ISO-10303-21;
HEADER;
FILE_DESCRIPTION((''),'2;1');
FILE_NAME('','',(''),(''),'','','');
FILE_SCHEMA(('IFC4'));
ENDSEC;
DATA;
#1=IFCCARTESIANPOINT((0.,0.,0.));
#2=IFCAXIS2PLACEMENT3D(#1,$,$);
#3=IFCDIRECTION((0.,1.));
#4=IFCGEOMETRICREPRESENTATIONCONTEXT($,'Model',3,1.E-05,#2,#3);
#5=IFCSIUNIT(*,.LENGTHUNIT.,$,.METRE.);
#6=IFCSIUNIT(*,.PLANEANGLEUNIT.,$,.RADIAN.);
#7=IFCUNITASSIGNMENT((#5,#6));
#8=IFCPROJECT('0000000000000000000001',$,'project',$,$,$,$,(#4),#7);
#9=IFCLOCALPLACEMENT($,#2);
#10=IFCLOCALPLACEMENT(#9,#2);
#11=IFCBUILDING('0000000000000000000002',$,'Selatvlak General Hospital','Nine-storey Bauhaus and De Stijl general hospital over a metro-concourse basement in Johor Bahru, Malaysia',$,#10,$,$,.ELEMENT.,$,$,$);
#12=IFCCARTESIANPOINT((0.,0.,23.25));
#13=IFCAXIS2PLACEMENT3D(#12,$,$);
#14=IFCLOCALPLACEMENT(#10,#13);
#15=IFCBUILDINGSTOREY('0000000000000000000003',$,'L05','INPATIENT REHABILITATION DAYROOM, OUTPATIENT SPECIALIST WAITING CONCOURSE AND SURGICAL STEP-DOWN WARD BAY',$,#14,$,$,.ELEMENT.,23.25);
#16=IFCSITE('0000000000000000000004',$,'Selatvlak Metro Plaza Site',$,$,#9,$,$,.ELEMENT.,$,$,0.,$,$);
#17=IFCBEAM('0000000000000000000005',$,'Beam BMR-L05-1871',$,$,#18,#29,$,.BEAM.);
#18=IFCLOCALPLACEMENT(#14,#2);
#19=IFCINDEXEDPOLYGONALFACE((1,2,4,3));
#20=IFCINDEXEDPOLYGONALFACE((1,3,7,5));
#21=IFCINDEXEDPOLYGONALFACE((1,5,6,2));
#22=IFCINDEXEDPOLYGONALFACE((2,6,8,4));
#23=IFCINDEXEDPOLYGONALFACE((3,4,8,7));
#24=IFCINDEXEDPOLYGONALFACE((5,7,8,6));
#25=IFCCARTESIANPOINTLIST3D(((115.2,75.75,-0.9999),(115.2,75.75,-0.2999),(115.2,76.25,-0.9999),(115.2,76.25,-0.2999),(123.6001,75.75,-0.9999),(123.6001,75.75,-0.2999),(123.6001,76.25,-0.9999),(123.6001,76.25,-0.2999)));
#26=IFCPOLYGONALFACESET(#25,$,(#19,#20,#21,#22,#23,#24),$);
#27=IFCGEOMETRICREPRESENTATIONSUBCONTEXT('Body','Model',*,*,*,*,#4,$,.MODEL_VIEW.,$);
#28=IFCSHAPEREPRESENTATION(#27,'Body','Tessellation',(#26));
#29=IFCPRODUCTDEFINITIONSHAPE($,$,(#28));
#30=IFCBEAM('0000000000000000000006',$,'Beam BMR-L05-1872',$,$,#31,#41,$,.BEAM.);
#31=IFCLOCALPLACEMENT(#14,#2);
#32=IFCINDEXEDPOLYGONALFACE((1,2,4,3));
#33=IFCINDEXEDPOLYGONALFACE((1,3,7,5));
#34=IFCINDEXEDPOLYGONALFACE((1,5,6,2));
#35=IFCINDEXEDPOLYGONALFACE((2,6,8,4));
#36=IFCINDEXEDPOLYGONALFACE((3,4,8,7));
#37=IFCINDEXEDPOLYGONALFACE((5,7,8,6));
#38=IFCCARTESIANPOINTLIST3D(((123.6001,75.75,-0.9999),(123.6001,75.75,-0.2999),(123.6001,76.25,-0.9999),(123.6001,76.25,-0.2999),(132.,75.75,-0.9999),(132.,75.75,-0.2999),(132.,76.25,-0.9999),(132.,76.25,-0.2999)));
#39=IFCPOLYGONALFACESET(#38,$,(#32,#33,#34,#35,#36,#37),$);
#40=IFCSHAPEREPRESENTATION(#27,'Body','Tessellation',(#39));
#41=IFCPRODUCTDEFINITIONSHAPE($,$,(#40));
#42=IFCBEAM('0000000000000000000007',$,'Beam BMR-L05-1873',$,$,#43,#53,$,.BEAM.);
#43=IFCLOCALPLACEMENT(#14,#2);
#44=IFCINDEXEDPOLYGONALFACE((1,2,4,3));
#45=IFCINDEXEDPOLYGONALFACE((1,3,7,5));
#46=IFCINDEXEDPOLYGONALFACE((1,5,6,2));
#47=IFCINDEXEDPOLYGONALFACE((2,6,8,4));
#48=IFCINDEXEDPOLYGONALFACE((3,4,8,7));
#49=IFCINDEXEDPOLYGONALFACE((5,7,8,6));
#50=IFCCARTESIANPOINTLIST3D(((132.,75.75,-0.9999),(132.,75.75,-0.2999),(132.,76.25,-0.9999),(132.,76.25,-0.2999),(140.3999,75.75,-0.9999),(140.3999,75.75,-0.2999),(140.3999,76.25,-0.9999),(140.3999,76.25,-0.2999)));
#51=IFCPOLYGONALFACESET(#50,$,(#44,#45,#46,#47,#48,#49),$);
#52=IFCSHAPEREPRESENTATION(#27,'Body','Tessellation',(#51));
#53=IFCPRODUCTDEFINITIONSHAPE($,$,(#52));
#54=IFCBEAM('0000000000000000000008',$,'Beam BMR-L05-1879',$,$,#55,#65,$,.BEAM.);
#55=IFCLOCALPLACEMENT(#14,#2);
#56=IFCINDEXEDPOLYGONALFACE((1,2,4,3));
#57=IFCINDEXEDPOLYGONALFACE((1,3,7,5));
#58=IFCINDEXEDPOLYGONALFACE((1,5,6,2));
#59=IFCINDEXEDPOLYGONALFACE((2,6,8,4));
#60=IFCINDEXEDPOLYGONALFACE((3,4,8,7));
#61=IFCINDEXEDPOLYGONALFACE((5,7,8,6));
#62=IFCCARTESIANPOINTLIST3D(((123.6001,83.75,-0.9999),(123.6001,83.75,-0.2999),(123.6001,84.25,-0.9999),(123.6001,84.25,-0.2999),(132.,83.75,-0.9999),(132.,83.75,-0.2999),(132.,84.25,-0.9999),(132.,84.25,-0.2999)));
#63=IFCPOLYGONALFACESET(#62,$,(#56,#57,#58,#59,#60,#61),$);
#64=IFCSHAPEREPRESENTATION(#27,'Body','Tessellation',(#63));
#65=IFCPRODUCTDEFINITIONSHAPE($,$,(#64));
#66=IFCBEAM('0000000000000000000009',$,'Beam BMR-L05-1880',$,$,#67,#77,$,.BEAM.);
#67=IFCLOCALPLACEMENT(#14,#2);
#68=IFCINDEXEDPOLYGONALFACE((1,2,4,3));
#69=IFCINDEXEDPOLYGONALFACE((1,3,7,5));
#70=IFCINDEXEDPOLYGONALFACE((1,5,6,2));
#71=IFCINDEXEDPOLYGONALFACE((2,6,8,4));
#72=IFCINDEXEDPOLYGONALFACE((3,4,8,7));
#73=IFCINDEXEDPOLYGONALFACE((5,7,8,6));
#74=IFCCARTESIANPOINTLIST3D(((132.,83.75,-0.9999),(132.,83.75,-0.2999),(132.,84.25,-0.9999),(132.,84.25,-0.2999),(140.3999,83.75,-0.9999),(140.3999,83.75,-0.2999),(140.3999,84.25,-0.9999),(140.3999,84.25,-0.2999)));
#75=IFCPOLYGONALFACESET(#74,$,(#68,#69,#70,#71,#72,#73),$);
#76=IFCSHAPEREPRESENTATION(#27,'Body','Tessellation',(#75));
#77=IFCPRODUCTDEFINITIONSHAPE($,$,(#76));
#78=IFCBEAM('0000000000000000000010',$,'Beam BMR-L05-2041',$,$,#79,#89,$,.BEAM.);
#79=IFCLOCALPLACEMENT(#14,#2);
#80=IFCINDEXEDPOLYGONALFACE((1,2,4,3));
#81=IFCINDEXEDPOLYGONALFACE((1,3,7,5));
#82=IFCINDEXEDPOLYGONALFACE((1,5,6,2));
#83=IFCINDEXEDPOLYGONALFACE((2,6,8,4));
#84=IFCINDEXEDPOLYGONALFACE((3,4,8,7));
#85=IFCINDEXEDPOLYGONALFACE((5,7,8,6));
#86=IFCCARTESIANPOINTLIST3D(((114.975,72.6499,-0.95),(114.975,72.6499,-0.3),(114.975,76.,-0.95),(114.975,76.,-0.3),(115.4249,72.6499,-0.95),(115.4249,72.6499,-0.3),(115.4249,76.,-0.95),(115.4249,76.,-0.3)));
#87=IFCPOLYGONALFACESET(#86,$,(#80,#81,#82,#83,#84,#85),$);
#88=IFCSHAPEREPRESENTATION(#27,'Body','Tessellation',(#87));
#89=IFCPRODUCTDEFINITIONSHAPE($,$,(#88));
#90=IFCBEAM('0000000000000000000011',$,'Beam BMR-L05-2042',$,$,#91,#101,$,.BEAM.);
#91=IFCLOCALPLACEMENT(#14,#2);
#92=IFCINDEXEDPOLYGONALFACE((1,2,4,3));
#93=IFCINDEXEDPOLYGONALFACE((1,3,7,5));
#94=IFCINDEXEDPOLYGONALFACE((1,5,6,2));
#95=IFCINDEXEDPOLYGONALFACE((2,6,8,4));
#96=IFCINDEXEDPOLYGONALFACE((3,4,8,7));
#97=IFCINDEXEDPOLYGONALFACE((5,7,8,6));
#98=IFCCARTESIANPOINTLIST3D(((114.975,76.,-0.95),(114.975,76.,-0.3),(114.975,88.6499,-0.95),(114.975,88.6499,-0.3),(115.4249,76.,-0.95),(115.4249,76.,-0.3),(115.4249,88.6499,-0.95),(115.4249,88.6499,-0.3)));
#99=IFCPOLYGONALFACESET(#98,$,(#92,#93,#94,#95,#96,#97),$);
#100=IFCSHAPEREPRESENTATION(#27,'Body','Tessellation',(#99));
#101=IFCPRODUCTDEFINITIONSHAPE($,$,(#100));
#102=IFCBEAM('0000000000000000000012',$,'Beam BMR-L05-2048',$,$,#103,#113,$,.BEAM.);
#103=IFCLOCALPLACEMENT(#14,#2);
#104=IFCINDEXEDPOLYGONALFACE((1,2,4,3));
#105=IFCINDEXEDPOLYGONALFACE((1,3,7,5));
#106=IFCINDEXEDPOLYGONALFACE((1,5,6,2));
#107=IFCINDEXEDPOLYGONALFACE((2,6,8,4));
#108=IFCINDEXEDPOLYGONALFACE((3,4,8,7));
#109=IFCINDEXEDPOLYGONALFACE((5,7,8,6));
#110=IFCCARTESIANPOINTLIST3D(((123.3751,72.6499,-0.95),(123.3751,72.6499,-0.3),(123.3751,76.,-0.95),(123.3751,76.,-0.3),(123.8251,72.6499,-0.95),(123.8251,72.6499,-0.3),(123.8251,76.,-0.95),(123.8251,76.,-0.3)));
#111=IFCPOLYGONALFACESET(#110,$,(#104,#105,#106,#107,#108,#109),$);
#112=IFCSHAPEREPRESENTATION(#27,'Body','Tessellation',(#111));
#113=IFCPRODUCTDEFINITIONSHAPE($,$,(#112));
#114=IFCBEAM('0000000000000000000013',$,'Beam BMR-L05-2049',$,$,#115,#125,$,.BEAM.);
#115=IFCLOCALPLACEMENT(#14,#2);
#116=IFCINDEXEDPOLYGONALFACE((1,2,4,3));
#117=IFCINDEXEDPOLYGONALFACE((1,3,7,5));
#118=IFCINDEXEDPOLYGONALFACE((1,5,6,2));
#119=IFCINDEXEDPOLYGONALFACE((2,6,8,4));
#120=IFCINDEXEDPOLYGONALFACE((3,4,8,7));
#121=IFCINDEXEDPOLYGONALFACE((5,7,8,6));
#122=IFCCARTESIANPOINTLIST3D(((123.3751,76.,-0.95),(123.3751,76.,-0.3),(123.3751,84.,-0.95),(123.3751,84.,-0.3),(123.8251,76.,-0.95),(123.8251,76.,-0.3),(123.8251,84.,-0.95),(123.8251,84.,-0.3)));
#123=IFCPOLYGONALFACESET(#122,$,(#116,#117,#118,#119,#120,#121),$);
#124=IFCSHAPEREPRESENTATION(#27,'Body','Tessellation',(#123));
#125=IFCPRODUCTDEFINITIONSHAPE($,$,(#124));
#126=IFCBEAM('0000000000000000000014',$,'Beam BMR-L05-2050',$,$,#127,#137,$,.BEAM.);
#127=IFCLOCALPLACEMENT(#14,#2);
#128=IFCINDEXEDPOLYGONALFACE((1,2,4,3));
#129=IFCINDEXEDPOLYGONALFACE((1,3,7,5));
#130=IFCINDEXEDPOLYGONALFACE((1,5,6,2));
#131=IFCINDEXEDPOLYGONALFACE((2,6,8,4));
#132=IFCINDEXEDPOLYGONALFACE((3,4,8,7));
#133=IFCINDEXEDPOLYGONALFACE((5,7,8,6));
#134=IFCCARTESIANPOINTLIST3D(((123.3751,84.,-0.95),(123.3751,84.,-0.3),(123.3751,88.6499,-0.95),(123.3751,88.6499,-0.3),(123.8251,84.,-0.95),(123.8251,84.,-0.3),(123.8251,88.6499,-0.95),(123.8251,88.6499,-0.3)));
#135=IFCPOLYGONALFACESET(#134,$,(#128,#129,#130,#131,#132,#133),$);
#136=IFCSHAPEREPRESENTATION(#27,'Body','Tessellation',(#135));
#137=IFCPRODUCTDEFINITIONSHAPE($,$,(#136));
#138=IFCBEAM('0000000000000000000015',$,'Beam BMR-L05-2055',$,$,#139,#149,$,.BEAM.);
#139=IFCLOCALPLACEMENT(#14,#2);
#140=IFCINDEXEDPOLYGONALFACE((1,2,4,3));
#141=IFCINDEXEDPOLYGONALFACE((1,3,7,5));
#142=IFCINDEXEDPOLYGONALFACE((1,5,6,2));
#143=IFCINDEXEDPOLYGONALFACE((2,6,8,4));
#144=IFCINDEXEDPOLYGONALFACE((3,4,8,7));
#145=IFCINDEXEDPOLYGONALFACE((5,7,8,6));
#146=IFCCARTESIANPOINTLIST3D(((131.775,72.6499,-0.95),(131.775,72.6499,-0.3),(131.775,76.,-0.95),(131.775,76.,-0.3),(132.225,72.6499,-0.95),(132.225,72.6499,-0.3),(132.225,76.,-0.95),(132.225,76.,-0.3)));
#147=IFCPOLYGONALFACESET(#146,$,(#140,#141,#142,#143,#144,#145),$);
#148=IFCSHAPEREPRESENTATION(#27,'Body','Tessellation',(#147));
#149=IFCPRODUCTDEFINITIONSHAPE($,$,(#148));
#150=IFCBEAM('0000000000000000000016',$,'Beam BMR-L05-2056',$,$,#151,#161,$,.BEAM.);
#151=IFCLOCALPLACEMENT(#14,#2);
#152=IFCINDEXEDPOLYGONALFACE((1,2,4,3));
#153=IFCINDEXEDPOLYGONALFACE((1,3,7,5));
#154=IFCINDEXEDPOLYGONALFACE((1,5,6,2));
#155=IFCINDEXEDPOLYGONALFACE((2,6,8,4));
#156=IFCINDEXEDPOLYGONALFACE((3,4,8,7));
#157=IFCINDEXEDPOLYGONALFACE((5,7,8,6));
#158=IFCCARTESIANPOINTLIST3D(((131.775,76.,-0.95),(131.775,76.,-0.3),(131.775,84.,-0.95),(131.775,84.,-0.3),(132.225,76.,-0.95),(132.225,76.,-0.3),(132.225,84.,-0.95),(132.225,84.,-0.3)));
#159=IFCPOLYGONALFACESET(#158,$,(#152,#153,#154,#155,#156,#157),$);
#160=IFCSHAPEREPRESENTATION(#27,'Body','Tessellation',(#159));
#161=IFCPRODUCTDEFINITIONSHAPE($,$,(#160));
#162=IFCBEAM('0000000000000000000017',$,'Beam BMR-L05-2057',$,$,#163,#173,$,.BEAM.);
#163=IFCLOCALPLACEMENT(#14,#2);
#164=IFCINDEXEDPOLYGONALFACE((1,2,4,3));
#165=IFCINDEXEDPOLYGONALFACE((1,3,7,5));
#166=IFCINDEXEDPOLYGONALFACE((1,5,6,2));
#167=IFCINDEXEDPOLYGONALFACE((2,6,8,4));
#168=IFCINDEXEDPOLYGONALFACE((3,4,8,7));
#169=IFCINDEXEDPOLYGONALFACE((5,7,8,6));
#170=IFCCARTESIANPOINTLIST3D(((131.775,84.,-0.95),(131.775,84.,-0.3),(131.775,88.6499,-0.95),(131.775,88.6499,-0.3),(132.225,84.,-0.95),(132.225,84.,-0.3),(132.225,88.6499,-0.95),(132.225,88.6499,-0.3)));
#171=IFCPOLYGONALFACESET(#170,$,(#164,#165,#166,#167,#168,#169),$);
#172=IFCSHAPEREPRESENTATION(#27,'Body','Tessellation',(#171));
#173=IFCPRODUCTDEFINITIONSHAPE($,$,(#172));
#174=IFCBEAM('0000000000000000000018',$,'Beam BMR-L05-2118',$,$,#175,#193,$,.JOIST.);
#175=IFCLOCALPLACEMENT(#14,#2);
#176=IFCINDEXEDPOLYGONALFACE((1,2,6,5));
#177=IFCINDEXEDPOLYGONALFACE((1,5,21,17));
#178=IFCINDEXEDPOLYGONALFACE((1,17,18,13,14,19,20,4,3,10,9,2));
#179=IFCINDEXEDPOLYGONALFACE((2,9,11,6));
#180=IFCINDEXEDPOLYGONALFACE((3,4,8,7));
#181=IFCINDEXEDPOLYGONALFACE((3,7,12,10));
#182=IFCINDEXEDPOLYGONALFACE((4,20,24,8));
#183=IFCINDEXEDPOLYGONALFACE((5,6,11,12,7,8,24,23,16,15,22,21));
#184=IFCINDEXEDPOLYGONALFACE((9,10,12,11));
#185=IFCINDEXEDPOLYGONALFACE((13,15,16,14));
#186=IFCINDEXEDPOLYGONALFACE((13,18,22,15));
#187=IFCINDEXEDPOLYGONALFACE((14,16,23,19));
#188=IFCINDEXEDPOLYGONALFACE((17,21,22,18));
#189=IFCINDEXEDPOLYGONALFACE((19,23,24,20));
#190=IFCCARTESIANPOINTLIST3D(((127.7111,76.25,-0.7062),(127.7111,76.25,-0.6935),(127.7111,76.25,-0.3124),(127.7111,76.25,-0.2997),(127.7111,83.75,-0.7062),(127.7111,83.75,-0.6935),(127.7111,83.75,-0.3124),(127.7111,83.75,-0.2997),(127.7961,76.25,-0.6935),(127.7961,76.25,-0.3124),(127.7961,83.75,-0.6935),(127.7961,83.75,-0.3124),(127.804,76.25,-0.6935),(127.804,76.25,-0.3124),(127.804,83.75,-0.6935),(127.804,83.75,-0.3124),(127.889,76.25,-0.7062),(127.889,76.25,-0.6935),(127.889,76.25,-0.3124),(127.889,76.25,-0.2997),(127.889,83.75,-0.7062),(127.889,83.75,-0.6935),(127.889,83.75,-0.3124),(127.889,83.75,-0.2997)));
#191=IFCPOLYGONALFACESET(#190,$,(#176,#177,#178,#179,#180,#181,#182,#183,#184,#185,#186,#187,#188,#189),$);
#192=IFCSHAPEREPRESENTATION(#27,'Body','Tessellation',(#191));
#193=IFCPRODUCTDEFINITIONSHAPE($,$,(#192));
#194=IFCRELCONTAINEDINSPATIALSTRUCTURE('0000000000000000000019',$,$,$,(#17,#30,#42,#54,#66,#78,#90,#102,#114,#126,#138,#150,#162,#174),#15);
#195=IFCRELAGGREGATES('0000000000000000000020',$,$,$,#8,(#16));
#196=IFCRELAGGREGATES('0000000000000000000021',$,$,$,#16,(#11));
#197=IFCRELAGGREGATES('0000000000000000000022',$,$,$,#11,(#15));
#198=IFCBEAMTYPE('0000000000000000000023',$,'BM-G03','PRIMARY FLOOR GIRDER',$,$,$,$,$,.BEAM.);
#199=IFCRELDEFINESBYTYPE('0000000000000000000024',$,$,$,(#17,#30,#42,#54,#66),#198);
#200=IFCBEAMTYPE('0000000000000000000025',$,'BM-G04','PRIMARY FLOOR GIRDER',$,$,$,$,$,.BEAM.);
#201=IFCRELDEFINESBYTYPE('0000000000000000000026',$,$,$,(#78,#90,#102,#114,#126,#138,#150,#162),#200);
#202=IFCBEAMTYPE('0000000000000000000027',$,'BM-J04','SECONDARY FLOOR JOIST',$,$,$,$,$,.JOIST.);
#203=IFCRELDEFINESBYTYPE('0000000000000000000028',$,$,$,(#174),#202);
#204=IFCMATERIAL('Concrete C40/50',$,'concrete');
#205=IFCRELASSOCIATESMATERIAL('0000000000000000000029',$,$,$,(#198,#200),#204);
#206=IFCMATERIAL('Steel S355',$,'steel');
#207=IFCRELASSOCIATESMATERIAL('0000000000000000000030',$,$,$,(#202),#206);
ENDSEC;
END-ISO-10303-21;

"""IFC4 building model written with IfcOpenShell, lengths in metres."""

from ifc_helpers import new_model, si_unit, direction, frame, origin, origin_2d, place, context, subcontext, project, spatial, rectangle, i_section, extrude, material, material_profile, profile_set, type_object, element, save


model = new_model("IFC4")

# Units and contexts
model_context = context("Model", 3, precision=1e-05, world=origin(), true_north=direction((0.0, 1.0)))
body_context = subcontext(model_context, "Body", "Model", "MODEL_VIEW")
ifc_project = project(units=[si_unit("LENGTHUNIT", "METRE"), si_unit("PLANEANGLEUNIT", "RADIAN")], contexts=[model_context])

# Site, building, storey
site_placement = place(None, origin())
site = spatial("IfcSite", under=ifc_project, at=site_placement, Name="Selatvlak Metro Plaza Site", CompositionType="ELEMENT", RefElevation=0.0)
building_placement = place(site_placement, origin())
building = spatial("IfcBuilding", under=site, at=building_placement, Name="Selatvlak General Hospital", Description="Nine-storey Bauhaus and De Stijl general hospital over a metro-concourse basement in Johor Bahru, Malaysia", CompositionType="ELEMENT")
storey_placement = place(building_placement, frame((0.0, 0.0, 23.25)))
storey = spatial("IfcBuildingStorey", under=building, at=storey_placement, Name="L05", Description="INPATIENT REHABILITATION DAYROOM, OUTPATIENT SPECIALIST WAITING CONCOURSE AND SURGICAL STEP-DOWN WARD BAY", CompositionType="ELEMENT", Elevation=23.25)

# Beams
ifc_material_1 = material(Name="Concrete C40/50", Category="concrete")
ifc_material_profile_1 = material_profile(ifc_material_1, rectangle(XDim=0.5, YDim=0.7, at=origin_2d()), Name="RC-BM 500x700")
ifc_profile_set_1 = profile_set([ifc_material_profile_1], Name="Concrete C40/50")
beam_type_1 = type_object("IfcBeamType", Name="BM-G03", Description="PRIMARY FLOOR GIRDER", PredefinedType="BEAM", material=ifc_profile_set_1)
beam_1_placement = place(storey_placement, frame((115.2, 76.0, -0.6499), z_axis=(1.0, 0.0, 0.0), x_axis=(0.0, 1.0, 0.0)))
element("IfcBeam", 1, at=beam_1_placement, inside=storey, type_object=beam_type_1, Name="Beam BMR-L05-1871", PredefinedType="BEAM", context=body_context, shape_type="SweptSolid", body=[
    extrude(rectangle(XDim=0.5, YDim=0.7, at=origin_2d()), origin(), (0.0, 0.0, 1.0), 8.4001),
])
for number, where, z_axis, x_axis, name in (
    (2, (123.6001, 76.0, -0.6499), (1.0, 0.0, 0.0), (0.0, 1.0, 0.0), "Beam BMR-L05-1872"),
    (3, (132.0, 76.0, -0.6499), (1.0, 0.0, 0.0), (0.0, 1.0, 0.0), "Beam BMR-L05-1873"),
    (4, (123.6001, 84.0, -0.6499), (1.0, 0.0, 0.0), (0.0, 1.0, 0.0), "Beam BMR-L05-1879"),
    (5, (132.0, 84.0, -0.6499), (1.0, 0.0, 0.0), (0.0, 1.0, 0.0), "Beam BMR-L05-1880"),
):
    element("IfcBeam", number, at=place(storey_placement, frame(where, z_axis=z_axis, x_axis=x_axis)), inside=storey, type_object=beam_type_1, Name=name, PredefinedType="BEAM", context=body_context, shape_type="SweptSolid", body=[
        extrude(rectangle(XDim=0.5, YDim=0.7, at=origin_2d()), origin(), (0.0, 0.0, 1.0), 8.3999),
    ])
ifc_material_profile_2 = material_profile(ifc_material_1, rectangle(XDim=0.45, YDim=0.6499, at=origin_2d()), Name="RC-BM 450x650")
ifc_profile_set_2 = profile_set([ifc_material_profile_2], Name="Concrete C40/50")
beam_type_2 = type_object("IfcBeamType", Name="BM-G04", Description="PRIMARY FLOOR GIRDER", PredefinedType="BEAM", material=ifc_profile_set_2)
beam_2_placement = place(storey_placement, frame((115.2, 72.6499, -0.625), z_axis=(0.0, 1.0, 0.0), x_axis=(-1.0, 0.0, 0.0)))
element("IfcBeam", 6, at=beam_2_placement, inside=storey, type_object=beam_type_2, Name="Beam BMR-L05-2041", PredefinedType="BEAM", context=body_context, shape_type="SweptSolid", body=[
    extrude(rectangle(XDim=0.45, YDim=0.6499, at=origin_2d()), origin(), (0.0, 0.0, 1.0), 3.3501),
])
beam_3_placement = place(storey_placement, frame((115.2, 76.0, -0.625), z_axis=(0.0, 1.0, 0.0), x_axis=(-1.0, 0.0, 0.0)))
element("IfcBeam", 7, at=beam_3_placement, inside=storey, type_object=beam_type_2, Name="Beam BMR-L05-2042", PredefinedType="BEAM", context=body_context, shape_type="SweptSolid", body=[
    extrude(rectangle(XDim=0.45, YDim=0.6499, at=origin_2d()), origin(), (0.0, 0.0, 1.0), 12.6499),
])
beam_4_placement = place(storey_placement, frame((123.6001, 72.6499, -0.625), z_axis=(0.0, 1.0, 0.0), x_axis=(-1.0, 0.0, 0.0)))
element("IfcBeam", 8, at=beam_4_placement, inside=storey, type_object=beam_type_2, Name="Beam BMR-L05-2048", PredefinedType="BEAM", context=body_context, shape_type="SweptSolid", body=[
    extrude(rectangle(XDim=0.45, YDim=0.6499, at=origin_2d()), origin(), (0.0, 0.0, 1.0), 3.3501),
])
beam_5_placement = place(storey_placement, frame((123.6001, 76.0, -0.625), z_axis=(0.0, 1.0, 0.0), x_axis=(-1.0, 0.0, 0.0)))
element("IfcBeam", 9, at=beam_5_placement, inside=storey, type_object=beam_type_2, Name="Beam BMR-L05-2049", PredefinedType="BEAM", context=body_context, shape_type="SweptSolid", body=[
    extrude(rectangle(XDim=0.45, YDim=0.6499, at=origin_2d()), origin(), (0.0, 0.0, 1.0), 8.0),
])
beam_6_placement = place(storey_placement, frame((123.6001, 84.0, -0.625), z_axis=(0.0, 1.0, 0.0), x_axis=(-1.0, 0.0, 0.0)))
element("IfcBeam", 10, at=beam_6_placement, inside=storey, type_object=beam_type_2, Name="Beam BMR-L05-2050", PredefinedType="BEAM", context=body_context, shape_type="SweptSolid", body=[
    extrude(rectangle(XDim=0.45, YDim=0.6499, at=origin_2d()), origin(), (0.0, 0.0, 1.0), 4.6499),
])
beam_7_placement = place(storey_placement, frame((132.0, 72.6499, -0.625), z_axis=(0.0, 1.0, 0.0), x_axis=(-1.0, 0.0, 0.0)))
element("IfcBeam", 11, at=beam_7_placement, inside=storey, type_object=beam_type_2, Name="Beam BMR-L05-2055", PredefinedType="BEAM", context=body_context, shape_type="SweptSolid", body=[
    extrude(rectangle(XDim=0.45, YDim=0.6499, at=origin_2d()), origin(), (0.0, 0.0, 1.0), 3.3501),
])
beam_8_placement = place(storey_placement, frame((132.0, 76.0, -0.625), z_axis=(0.0, 1.0, 0.0), x_axis=(-1.0, 0.0, 0.0)))
element("IfcBeam", 12, at=beam_8_placement, inside=storey, type_object=beam_type_2, Name="Beam BMR-L05-2056", PredefinedType="BEAM", context=body_context, shape_type="SweptSolid", body=[
    extrude(rectangle(XDim=0.45, YDim=0.6499, at=origin_2d()), origin(), (0.0, 0.0, 1.0), 8.0),
])
beam_9_placement = place(storey_placement, frame((132.0, 84.0, -0.625), z_axis=(0.0, 1.0, 0.0), x_axis=(-1.0, 0.0, 0.0)))
element("IfcBeam", 13, at=beam_9_placement, inside=storey, type_object=beam_type_2, Name="Beam BMR-L05-2057", PredefinedType="BEAM", context=body_context, shape_type="SweptSolid", body=[
    extrude(rectangle(XDim=0.45, YDim=0.6499, at=origin_2d()), origin(), (0.0, 0.0, 1.0), 4.6499),
])
ifc_material_2 = material(Name="Steel S355", Category="steel")
ifc_material_profile_3 = material_profile(ifc_material_2, i_section(OverallWidth=0.178, OverallDepth=0.4065, WebThickness=0.0078, FlangeThickness=0.0127, at=origin_2d()), Name="UB 406x178x60")
ifc_profile_set_3 = profile_set([ifc_material_profile_3], Name="Steel S355")
beam_type_3 = type_object("IfcBeamType", Name="BM-J04", Description="SECONDARY FLOOR JOIST", PredefinedType="JOIST", material=ifc_profile_set_3)
beam_10_placement = place(storey_placement, frame((127.8, 76.25, -0.5029), z_axis=(0.0, 1.0, 0.0), x_axis=(-1.0, 0.0, 0.0)))
element("IfcBeam", 14, at=beam_10_placement, inside=storey, type_object=beam_type_3, Name="Beam BMR-L05-2118", PredefinedType="JOIST", context=body_context, shape_type="SweptSolid", body=[
    extrude(i_section(OverallWidth=0.178, OverallDepth=0.4065, WebThickness=0.0078, FlangeThickness=0.0127, at=origin_2d()), origin(), (0.0, 0.0, 1.0), 7.5),
])

save(model, "model.ifc")
